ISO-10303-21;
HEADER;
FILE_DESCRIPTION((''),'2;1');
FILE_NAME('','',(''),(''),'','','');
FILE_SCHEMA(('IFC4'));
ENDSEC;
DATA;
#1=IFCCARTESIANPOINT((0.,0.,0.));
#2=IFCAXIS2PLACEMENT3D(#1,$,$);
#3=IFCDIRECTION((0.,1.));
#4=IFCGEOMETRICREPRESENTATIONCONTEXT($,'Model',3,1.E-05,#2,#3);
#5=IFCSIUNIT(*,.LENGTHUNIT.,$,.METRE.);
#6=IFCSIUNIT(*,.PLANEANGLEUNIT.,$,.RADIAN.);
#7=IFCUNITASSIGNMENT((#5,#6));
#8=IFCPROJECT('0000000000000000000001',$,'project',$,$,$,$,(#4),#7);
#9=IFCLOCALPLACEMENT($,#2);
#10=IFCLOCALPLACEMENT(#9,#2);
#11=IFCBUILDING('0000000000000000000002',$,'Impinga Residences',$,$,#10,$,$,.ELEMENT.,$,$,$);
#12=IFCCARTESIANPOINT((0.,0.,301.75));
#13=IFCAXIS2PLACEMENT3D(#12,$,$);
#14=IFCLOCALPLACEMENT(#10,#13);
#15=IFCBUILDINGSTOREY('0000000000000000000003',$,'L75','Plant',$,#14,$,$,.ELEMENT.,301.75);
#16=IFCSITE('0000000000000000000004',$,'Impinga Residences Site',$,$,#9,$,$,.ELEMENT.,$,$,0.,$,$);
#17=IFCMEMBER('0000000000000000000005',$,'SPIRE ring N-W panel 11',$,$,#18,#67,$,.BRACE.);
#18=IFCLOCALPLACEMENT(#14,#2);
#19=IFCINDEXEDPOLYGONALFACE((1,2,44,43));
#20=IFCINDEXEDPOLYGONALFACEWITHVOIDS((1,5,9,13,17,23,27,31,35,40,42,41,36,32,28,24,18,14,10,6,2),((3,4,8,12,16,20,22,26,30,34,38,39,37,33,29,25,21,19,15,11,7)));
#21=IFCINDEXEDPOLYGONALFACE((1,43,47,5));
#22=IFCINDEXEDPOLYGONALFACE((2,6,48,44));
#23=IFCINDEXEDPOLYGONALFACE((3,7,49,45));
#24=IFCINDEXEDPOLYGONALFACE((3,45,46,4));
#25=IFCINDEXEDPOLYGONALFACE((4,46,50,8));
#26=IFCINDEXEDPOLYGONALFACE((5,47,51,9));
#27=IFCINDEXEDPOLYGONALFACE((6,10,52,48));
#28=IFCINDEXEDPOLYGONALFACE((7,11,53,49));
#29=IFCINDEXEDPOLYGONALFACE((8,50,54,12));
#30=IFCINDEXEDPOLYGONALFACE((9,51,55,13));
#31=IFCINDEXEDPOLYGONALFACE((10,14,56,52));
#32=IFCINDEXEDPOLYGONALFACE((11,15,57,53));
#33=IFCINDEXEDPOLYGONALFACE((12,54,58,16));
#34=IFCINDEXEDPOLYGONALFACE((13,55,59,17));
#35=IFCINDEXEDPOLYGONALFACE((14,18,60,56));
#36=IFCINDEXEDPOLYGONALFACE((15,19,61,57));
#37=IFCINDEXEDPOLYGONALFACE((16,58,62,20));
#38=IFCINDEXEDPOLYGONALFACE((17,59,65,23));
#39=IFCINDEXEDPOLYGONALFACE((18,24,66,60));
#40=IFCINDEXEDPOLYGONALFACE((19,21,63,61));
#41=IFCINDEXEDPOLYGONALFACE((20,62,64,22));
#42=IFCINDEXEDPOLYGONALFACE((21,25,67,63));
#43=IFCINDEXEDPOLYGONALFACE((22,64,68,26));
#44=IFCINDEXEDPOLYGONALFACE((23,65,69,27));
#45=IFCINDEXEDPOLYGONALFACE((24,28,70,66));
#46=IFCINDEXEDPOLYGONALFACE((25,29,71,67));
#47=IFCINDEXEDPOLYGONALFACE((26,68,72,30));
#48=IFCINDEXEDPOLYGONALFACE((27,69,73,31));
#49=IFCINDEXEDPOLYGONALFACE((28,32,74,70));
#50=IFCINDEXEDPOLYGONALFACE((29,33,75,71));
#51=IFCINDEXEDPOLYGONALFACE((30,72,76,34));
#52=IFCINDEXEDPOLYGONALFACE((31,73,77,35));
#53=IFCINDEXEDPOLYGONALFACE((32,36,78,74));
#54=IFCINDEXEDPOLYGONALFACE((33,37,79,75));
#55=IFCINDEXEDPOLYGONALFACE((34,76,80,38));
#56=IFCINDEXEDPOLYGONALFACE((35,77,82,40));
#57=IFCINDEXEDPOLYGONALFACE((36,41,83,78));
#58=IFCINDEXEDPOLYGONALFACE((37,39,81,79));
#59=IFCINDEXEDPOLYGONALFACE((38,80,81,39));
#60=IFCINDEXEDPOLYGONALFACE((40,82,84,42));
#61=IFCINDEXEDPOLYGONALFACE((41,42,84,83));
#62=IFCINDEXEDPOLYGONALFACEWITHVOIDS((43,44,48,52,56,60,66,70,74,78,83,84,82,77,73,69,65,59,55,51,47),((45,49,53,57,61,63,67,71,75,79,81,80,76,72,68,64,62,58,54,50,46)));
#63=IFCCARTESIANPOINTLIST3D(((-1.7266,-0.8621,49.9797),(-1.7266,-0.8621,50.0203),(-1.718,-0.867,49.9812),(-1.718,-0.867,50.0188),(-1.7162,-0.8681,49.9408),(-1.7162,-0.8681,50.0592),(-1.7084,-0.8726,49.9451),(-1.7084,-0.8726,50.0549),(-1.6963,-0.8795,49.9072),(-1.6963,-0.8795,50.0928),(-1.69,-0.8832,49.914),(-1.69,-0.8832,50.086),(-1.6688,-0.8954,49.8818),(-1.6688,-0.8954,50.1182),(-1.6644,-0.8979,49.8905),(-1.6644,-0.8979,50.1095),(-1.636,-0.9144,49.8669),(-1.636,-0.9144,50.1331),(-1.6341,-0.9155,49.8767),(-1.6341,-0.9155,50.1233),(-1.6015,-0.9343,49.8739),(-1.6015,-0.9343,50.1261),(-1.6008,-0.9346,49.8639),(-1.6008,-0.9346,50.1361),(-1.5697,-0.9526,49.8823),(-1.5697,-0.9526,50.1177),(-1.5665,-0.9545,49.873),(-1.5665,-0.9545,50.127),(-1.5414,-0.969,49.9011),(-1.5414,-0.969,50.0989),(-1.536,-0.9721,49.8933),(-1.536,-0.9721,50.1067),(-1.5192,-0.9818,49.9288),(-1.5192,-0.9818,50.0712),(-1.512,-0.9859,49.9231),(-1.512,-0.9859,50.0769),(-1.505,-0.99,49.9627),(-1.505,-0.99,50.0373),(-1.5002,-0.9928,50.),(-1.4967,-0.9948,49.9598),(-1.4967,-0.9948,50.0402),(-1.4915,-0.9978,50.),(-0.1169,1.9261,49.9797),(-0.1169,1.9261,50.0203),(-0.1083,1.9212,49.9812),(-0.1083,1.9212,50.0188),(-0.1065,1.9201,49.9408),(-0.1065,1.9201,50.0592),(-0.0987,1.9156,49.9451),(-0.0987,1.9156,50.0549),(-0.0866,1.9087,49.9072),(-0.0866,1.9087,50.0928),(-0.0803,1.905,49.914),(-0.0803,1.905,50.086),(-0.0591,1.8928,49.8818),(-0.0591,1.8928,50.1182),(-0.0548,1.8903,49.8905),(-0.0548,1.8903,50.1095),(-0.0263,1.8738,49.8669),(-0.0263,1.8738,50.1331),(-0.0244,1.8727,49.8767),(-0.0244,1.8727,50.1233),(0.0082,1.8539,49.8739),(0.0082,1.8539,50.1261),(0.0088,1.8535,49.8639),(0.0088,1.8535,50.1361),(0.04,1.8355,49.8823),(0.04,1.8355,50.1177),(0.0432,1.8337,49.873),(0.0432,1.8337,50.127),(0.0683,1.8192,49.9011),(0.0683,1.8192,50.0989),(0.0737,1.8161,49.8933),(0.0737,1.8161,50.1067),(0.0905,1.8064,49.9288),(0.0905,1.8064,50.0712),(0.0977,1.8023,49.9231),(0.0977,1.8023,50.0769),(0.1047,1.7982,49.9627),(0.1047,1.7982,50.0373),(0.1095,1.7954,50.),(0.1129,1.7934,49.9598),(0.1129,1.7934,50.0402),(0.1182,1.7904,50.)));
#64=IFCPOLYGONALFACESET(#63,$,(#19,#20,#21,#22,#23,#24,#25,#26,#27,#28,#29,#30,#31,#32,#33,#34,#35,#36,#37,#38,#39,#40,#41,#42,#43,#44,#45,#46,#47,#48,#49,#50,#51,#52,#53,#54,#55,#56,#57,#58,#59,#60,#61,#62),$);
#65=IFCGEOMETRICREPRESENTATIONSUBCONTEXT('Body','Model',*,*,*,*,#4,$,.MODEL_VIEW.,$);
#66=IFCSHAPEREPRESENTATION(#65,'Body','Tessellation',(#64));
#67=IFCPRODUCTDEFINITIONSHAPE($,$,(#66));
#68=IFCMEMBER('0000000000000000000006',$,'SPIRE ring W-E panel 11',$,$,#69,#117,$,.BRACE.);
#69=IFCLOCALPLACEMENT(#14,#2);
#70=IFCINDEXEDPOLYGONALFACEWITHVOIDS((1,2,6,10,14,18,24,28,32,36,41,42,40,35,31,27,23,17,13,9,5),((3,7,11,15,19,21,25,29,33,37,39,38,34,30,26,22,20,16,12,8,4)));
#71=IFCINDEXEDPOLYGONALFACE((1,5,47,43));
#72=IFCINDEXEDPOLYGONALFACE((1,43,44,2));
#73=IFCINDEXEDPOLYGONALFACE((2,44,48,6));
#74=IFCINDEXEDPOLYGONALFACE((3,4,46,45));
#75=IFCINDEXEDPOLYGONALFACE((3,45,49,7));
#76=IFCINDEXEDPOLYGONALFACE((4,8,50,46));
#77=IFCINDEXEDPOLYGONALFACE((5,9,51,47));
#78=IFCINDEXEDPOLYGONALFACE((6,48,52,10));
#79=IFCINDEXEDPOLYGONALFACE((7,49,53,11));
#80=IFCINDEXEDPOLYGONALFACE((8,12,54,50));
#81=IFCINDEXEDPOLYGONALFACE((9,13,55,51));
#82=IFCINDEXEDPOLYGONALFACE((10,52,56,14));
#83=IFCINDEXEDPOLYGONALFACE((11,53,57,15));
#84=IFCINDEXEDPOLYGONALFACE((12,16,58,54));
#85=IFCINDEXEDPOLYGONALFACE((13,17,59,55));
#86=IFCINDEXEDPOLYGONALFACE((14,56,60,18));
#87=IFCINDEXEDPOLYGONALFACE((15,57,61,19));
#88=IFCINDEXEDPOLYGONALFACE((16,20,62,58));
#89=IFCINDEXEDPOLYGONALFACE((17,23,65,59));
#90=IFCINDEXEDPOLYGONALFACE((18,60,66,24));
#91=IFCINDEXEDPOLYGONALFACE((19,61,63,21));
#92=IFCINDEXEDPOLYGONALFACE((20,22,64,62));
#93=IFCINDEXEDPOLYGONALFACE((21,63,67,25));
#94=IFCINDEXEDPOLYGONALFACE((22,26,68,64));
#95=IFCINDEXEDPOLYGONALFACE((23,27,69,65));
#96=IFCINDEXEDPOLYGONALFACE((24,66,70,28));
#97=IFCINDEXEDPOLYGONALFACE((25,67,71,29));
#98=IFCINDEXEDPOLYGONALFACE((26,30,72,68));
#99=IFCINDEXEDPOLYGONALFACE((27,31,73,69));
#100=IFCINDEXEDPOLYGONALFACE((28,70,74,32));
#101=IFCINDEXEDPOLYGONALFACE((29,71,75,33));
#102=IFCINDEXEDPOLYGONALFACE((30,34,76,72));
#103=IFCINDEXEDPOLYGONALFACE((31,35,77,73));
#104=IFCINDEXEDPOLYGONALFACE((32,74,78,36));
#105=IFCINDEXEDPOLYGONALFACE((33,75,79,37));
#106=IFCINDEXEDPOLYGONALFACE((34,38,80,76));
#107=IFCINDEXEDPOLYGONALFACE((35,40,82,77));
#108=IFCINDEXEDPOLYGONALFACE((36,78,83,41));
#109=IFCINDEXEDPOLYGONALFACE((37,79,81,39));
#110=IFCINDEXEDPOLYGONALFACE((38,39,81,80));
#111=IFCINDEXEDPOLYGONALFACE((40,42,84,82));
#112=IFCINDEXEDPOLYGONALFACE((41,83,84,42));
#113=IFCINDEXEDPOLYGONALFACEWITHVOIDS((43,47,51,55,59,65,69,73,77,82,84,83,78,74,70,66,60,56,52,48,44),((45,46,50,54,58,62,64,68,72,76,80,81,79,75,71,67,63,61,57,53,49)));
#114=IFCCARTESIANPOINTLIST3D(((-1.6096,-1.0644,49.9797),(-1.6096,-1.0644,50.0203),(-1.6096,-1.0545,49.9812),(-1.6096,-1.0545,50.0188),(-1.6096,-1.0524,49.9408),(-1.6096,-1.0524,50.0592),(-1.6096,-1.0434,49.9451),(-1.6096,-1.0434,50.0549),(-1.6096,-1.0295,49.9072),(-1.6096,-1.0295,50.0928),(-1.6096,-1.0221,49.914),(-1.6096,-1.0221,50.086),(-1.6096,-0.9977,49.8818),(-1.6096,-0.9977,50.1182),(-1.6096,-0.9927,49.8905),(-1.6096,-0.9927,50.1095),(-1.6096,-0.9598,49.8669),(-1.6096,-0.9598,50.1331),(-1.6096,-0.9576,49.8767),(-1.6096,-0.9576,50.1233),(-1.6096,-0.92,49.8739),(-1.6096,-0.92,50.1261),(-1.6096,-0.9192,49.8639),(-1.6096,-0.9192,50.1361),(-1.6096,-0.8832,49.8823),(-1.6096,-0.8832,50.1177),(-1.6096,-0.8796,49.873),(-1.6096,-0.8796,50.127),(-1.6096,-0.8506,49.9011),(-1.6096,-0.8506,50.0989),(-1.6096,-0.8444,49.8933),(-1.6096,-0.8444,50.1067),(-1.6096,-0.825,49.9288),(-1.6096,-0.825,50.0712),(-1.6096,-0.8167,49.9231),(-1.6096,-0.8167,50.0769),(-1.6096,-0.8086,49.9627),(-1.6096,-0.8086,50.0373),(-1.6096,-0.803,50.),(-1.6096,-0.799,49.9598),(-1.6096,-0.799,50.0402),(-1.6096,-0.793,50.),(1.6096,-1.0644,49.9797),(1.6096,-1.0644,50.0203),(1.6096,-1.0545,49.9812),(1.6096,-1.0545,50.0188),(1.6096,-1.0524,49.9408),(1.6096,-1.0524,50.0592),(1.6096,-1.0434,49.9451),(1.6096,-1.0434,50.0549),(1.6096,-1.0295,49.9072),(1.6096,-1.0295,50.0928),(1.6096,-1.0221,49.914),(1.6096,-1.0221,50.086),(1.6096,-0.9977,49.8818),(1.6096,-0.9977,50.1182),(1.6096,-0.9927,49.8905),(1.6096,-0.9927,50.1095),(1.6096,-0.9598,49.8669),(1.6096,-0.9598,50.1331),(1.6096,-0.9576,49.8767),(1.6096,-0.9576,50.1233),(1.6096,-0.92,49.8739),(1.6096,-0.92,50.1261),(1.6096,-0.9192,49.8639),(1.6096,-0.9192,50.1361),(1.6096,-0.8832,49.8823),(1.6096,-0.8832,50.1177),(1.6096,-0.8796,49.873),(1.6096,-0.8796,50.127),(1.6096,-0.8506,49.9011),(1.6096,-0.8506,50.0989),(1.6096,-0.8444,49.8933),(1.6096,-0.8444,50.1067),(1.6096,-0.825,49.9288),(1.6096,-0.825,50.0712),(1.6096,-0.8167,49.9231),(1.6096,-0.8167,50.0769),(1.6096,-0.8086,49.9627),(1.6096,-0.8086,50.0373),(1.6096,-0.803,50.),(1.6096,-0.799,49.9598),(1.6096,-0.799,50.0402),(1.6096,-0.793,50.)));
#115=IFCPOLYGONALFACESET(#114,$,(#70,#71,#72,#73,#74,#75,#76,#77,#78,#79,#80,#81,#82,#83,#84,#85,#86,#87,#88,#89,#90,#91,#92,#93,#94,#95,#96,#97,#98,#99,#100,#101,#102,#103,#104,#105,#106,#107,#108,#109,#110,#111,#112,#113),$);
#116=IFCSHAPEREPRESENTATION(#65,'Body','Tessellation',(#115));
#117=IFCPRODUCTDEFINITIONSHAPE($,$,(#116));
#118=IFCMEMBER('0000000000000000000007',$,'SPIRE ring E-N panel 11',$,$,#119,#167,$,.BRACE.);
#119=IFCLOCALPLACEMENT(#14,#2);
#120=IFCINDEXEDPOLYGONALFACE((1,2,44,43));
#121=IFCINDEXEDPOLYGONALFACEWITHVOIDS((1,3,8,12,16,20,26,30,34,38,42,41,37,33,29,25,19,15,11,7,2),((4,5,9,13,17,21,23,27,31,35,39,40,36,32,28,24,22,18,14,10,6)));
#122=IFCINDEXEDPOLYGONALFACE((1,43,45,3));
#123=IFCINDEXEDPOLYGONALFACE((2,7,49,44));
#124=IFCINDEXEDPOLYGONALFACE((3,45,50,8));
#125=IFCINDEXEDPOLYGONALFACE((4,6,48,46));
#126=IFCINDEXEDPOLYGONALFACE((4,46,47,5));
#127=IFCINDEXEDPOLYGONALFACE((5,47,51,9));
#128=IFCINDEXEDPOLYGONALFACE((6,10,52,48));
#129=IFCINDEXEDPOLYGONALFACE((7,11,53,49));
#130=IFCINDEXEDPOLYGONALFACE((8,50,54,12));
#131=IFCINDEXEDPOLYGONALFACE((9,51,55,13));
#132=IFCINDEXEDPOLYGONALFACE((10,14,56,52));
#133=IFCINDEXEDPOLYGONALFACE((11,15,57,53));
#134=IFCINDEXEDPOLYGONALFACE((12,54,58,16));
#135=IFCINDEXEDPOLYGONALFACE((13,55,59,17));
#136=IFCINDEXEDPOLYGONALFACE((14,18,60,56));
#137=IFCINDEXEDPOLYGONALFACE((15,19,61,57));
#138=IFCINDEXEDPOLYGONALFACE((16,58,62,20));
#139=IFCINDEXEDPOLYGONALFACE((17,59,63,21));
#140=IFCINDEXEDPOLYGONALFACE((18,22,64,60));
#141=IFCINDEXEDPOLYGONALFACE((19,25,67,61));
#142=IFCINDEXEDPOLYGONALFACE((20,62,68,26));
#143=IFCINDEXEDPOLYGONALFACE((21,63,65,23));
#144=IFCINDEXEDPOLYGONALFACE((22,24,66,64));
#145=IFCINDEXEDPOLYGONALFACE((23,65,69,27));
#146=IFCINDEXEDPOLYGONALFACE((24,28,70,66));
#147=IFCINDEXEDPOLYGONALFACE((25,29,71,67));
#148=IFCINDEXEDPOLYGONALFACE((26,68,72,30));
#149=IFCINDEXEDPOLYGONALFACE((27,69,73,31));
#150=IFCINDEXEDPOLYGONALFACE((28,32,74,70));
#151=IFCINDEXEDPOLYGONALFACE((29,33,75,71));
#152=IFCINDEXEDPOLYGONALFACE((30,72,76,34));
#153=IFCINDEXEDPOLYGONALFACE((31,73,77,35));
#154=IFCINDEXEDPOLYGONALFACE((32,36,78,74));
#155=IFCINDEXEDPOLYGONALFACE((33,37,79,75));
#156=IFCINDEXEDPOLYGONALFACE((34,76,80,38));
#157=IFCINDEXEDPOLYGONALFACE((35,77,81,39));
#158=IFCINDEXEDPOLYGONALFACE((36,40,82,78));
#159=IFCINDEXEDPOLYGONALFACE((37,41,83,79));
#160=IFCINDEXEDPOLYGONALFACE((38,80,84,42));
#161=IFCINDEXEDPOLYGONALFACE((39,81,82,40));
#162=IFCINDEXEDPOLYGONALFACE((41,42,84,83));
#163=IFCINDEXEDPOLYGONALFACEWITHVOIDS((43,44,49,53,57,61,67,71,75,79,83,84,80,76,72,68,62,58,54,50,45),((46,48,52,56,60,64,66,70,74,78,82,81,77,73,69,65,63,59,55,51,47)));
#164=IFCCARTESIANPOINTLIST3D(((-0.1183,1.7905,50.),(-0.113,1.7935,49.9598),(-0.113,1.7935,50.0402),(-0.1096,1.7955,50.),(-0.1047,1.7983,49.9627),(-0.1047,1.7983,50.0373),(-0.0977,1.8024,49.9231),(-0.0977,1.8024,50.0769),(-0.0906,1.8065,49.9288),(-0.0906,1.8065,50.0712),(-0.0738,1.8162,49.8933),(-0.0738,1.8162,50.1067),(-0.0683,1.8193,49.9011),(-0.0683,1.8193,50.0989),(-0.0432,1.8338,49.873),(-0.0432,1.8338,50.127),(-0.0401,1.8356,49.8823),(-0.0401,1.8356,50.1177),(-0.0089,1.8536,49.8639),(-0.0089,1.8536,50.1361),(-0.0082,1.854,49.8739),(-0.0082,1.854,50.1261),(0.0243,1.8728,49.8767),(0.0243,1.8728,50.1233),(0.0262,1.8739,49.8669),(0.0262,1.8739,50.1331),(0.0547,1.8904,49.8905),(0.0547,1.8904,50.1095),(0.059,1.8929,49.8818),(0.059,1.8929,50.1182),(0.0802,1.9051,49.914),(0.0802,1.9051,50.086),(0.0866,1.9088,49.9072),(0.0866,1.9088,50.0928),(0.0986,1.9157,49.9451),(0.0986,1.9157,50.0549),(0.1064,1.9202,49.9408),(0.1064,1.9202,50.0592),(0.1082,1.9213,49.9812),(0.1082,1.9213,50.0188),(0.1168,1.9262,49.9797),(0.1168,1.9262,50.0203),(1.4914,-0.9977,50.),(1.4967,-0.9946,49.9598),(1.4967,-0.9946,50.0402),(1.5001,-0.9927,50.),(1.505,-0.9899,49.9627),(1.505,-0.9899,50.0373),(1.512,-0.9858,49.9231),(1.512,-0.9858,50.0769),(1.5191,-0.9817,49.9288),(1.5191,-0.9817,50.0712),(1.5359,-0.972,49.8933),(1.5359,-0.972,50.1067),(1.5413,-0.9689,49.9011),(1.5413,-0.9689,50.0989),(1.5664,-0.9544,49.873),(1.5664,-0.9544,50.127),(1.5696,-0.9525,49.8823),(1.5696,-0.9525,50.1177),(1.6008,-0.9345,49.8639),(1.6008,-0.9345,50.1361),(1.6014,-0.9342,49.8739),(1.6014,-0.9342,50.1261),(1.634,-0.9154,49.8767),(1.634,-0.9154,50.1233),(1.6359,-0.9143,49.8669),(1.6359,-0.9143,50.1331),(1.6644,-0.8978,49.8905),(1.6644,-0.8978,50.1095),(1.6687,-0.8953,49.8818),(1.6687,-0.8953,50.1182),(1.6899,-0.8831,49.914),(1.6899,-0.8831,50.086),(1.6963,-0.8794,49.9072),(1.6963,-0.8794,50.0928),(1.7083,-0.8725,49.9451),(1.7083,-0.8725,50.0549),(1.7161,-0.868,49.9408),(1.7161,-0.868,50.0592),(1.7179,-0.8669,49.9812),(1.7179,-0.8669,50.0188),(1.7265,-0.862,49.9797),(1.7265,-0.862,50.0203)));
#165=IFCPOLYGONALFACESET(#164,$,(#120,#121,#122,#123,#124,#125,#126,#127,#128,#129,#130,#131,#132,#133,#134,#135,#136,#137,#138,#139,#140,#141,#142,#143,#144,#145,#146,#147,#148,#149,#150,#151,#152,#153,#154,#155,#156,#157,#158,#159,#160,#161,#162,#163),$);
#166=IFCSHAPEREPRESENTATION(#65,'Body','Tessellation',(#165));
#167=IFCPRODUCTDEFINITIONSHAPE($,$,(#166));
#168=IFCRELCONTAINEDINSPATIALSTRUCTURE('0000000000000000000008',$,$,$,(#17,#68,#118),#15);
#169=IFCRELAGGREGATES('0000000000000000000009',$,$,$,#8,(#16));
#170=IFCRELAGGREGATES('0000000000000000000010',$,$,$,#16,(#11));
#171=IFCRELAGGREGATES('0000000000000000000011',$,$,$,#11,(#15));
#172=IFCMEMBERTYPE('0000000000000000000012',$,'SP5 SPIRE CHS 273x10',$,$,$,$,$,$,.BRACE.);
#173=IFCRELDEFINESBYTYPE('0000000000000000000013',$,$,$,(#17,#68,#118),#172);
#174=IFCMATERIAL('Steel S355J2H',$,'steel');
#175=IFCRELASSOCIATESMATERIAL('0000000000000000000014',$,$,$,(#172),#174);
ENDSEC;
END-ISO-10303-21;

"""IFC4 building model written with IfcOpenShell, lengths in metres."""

from ifc_helpers import new_model, si_unit, direction, frame, origin, origin_2d, place, context, subcontext, project, spatial, hollow_circle, extrude, material, material_profile, profile_set, type_object, element, save


model = new_model("IFC4")

# Units and contexts
model_context = context("Model", 3, precision=1e-05, world=origin(), true_north=direction((0.0, 1.0)))
body_context = subcontext(model_context, "Body", "Model", "MODEL_VIEW")
ifc_project = project(units=[si_unit("LENGTHUNIT", "METRE"), si_unit("PLANEANGLEUNIT", "RADIAN")], contexts=[model_context])

# Site, building, storey
site_placement = place(None, origin())
site = spatial("IfcSite", under=ifc_project, at=site_placement, Name="Impinga Residences Site", CompositionType="ELEMENT", RefElevation=0.0)
building_placement = place(site_placement, origin())
building = spatial("IfcBuilding", under=site, at=building_placement, Name="Impinga Residences", CompositionType="ELEMENT")
storey_placement = place(building_placement, frame((0.0, 0.0, 301.75)))
storey = spatial("IfcBuildingStorey", under=building, at=storey_placement, Name="L75", Description="Plant", CompositionType="ELEMENT", Elevation=301.75)

# Members
ifc_material = material(Name="Steel S355J2H", Category="steel")
ifc_material_profile_1 = material_profile(ifc_material, hollow_circle(Radius=0.1365, WallThickness=0.01, at=origin_2d()), Name="CHS 273x10")
ifc_profile_set_1 = profile_set([ifc_material_profile_1], Name="Steel S355J2H")
member_type_1 = type_object("IfcMemberType", Name="SP5 SPIRE CHS 273x10", PredefinedType="BRACE", material=ifc_profile_set_1)
member_1_placement = place(storey_placement, frame((0.0, 1.8586, 50.0), z_axis=(-0.499981, -0.866037, 0.0), x_axis=(0.866037, -0.499981, 0.0)))
element("IfcMember", 1, at=member_1_placement, inside=storey, type_object=member_type_1, Name="SPIRE ring N-W panel 11", PredefinedType="BRACE", context=body_context, shape_type="SweptSolid", body=[
    extrude(hollow_circle(Radius=0.1365, WallThickness=0.01, at=origin_2d()), origin(), (0.0, 0.0, 1.0), 3.2195),
])
member_2_placement = place(storey_placement, frame((-1.6096, -0.9294, 50.0), z_axis=(1.0, 0.0, 0.0), x_axis=(0.0, 1.0, 0.0)))
element("IfcMember", 2, at=member_2_placement, inside=storey, type_object=member_type_1, Name="SPIRE ring W-E panel 11", PredefinedType="BRACE", context=body_context, shape_type="SweptSolid", body=[
    extrude(hollow_circle(Radius=0.1365, WallThickness=0.01, at=origin_2d()), origin(), (0.0, 0.0, 1.0), 3.2192),
])
member_3_placement = place(storey_placement, frame((1.6096, -0.9294, 50.0), z_axis=(-0.499981, 0.866037, 0.0), x_axis=(-0.866037, -0.499981, 0.0)))
element("IfcMember", 3, at=member_3_placement, inside=storey, type_object=member_type_1, Name="SPIRE ring E-N panel 11", PredefinedType="BRACE", context=body_context, shape_type="SweptSolid", body=[
    extrude(hollow_circle(Radius=0.1365, WallThickness=0.01, at=origin_2d()), origin(), (0.0, 0.0, 1.0), 3.2195),
])

save(model, "model.ifc")
